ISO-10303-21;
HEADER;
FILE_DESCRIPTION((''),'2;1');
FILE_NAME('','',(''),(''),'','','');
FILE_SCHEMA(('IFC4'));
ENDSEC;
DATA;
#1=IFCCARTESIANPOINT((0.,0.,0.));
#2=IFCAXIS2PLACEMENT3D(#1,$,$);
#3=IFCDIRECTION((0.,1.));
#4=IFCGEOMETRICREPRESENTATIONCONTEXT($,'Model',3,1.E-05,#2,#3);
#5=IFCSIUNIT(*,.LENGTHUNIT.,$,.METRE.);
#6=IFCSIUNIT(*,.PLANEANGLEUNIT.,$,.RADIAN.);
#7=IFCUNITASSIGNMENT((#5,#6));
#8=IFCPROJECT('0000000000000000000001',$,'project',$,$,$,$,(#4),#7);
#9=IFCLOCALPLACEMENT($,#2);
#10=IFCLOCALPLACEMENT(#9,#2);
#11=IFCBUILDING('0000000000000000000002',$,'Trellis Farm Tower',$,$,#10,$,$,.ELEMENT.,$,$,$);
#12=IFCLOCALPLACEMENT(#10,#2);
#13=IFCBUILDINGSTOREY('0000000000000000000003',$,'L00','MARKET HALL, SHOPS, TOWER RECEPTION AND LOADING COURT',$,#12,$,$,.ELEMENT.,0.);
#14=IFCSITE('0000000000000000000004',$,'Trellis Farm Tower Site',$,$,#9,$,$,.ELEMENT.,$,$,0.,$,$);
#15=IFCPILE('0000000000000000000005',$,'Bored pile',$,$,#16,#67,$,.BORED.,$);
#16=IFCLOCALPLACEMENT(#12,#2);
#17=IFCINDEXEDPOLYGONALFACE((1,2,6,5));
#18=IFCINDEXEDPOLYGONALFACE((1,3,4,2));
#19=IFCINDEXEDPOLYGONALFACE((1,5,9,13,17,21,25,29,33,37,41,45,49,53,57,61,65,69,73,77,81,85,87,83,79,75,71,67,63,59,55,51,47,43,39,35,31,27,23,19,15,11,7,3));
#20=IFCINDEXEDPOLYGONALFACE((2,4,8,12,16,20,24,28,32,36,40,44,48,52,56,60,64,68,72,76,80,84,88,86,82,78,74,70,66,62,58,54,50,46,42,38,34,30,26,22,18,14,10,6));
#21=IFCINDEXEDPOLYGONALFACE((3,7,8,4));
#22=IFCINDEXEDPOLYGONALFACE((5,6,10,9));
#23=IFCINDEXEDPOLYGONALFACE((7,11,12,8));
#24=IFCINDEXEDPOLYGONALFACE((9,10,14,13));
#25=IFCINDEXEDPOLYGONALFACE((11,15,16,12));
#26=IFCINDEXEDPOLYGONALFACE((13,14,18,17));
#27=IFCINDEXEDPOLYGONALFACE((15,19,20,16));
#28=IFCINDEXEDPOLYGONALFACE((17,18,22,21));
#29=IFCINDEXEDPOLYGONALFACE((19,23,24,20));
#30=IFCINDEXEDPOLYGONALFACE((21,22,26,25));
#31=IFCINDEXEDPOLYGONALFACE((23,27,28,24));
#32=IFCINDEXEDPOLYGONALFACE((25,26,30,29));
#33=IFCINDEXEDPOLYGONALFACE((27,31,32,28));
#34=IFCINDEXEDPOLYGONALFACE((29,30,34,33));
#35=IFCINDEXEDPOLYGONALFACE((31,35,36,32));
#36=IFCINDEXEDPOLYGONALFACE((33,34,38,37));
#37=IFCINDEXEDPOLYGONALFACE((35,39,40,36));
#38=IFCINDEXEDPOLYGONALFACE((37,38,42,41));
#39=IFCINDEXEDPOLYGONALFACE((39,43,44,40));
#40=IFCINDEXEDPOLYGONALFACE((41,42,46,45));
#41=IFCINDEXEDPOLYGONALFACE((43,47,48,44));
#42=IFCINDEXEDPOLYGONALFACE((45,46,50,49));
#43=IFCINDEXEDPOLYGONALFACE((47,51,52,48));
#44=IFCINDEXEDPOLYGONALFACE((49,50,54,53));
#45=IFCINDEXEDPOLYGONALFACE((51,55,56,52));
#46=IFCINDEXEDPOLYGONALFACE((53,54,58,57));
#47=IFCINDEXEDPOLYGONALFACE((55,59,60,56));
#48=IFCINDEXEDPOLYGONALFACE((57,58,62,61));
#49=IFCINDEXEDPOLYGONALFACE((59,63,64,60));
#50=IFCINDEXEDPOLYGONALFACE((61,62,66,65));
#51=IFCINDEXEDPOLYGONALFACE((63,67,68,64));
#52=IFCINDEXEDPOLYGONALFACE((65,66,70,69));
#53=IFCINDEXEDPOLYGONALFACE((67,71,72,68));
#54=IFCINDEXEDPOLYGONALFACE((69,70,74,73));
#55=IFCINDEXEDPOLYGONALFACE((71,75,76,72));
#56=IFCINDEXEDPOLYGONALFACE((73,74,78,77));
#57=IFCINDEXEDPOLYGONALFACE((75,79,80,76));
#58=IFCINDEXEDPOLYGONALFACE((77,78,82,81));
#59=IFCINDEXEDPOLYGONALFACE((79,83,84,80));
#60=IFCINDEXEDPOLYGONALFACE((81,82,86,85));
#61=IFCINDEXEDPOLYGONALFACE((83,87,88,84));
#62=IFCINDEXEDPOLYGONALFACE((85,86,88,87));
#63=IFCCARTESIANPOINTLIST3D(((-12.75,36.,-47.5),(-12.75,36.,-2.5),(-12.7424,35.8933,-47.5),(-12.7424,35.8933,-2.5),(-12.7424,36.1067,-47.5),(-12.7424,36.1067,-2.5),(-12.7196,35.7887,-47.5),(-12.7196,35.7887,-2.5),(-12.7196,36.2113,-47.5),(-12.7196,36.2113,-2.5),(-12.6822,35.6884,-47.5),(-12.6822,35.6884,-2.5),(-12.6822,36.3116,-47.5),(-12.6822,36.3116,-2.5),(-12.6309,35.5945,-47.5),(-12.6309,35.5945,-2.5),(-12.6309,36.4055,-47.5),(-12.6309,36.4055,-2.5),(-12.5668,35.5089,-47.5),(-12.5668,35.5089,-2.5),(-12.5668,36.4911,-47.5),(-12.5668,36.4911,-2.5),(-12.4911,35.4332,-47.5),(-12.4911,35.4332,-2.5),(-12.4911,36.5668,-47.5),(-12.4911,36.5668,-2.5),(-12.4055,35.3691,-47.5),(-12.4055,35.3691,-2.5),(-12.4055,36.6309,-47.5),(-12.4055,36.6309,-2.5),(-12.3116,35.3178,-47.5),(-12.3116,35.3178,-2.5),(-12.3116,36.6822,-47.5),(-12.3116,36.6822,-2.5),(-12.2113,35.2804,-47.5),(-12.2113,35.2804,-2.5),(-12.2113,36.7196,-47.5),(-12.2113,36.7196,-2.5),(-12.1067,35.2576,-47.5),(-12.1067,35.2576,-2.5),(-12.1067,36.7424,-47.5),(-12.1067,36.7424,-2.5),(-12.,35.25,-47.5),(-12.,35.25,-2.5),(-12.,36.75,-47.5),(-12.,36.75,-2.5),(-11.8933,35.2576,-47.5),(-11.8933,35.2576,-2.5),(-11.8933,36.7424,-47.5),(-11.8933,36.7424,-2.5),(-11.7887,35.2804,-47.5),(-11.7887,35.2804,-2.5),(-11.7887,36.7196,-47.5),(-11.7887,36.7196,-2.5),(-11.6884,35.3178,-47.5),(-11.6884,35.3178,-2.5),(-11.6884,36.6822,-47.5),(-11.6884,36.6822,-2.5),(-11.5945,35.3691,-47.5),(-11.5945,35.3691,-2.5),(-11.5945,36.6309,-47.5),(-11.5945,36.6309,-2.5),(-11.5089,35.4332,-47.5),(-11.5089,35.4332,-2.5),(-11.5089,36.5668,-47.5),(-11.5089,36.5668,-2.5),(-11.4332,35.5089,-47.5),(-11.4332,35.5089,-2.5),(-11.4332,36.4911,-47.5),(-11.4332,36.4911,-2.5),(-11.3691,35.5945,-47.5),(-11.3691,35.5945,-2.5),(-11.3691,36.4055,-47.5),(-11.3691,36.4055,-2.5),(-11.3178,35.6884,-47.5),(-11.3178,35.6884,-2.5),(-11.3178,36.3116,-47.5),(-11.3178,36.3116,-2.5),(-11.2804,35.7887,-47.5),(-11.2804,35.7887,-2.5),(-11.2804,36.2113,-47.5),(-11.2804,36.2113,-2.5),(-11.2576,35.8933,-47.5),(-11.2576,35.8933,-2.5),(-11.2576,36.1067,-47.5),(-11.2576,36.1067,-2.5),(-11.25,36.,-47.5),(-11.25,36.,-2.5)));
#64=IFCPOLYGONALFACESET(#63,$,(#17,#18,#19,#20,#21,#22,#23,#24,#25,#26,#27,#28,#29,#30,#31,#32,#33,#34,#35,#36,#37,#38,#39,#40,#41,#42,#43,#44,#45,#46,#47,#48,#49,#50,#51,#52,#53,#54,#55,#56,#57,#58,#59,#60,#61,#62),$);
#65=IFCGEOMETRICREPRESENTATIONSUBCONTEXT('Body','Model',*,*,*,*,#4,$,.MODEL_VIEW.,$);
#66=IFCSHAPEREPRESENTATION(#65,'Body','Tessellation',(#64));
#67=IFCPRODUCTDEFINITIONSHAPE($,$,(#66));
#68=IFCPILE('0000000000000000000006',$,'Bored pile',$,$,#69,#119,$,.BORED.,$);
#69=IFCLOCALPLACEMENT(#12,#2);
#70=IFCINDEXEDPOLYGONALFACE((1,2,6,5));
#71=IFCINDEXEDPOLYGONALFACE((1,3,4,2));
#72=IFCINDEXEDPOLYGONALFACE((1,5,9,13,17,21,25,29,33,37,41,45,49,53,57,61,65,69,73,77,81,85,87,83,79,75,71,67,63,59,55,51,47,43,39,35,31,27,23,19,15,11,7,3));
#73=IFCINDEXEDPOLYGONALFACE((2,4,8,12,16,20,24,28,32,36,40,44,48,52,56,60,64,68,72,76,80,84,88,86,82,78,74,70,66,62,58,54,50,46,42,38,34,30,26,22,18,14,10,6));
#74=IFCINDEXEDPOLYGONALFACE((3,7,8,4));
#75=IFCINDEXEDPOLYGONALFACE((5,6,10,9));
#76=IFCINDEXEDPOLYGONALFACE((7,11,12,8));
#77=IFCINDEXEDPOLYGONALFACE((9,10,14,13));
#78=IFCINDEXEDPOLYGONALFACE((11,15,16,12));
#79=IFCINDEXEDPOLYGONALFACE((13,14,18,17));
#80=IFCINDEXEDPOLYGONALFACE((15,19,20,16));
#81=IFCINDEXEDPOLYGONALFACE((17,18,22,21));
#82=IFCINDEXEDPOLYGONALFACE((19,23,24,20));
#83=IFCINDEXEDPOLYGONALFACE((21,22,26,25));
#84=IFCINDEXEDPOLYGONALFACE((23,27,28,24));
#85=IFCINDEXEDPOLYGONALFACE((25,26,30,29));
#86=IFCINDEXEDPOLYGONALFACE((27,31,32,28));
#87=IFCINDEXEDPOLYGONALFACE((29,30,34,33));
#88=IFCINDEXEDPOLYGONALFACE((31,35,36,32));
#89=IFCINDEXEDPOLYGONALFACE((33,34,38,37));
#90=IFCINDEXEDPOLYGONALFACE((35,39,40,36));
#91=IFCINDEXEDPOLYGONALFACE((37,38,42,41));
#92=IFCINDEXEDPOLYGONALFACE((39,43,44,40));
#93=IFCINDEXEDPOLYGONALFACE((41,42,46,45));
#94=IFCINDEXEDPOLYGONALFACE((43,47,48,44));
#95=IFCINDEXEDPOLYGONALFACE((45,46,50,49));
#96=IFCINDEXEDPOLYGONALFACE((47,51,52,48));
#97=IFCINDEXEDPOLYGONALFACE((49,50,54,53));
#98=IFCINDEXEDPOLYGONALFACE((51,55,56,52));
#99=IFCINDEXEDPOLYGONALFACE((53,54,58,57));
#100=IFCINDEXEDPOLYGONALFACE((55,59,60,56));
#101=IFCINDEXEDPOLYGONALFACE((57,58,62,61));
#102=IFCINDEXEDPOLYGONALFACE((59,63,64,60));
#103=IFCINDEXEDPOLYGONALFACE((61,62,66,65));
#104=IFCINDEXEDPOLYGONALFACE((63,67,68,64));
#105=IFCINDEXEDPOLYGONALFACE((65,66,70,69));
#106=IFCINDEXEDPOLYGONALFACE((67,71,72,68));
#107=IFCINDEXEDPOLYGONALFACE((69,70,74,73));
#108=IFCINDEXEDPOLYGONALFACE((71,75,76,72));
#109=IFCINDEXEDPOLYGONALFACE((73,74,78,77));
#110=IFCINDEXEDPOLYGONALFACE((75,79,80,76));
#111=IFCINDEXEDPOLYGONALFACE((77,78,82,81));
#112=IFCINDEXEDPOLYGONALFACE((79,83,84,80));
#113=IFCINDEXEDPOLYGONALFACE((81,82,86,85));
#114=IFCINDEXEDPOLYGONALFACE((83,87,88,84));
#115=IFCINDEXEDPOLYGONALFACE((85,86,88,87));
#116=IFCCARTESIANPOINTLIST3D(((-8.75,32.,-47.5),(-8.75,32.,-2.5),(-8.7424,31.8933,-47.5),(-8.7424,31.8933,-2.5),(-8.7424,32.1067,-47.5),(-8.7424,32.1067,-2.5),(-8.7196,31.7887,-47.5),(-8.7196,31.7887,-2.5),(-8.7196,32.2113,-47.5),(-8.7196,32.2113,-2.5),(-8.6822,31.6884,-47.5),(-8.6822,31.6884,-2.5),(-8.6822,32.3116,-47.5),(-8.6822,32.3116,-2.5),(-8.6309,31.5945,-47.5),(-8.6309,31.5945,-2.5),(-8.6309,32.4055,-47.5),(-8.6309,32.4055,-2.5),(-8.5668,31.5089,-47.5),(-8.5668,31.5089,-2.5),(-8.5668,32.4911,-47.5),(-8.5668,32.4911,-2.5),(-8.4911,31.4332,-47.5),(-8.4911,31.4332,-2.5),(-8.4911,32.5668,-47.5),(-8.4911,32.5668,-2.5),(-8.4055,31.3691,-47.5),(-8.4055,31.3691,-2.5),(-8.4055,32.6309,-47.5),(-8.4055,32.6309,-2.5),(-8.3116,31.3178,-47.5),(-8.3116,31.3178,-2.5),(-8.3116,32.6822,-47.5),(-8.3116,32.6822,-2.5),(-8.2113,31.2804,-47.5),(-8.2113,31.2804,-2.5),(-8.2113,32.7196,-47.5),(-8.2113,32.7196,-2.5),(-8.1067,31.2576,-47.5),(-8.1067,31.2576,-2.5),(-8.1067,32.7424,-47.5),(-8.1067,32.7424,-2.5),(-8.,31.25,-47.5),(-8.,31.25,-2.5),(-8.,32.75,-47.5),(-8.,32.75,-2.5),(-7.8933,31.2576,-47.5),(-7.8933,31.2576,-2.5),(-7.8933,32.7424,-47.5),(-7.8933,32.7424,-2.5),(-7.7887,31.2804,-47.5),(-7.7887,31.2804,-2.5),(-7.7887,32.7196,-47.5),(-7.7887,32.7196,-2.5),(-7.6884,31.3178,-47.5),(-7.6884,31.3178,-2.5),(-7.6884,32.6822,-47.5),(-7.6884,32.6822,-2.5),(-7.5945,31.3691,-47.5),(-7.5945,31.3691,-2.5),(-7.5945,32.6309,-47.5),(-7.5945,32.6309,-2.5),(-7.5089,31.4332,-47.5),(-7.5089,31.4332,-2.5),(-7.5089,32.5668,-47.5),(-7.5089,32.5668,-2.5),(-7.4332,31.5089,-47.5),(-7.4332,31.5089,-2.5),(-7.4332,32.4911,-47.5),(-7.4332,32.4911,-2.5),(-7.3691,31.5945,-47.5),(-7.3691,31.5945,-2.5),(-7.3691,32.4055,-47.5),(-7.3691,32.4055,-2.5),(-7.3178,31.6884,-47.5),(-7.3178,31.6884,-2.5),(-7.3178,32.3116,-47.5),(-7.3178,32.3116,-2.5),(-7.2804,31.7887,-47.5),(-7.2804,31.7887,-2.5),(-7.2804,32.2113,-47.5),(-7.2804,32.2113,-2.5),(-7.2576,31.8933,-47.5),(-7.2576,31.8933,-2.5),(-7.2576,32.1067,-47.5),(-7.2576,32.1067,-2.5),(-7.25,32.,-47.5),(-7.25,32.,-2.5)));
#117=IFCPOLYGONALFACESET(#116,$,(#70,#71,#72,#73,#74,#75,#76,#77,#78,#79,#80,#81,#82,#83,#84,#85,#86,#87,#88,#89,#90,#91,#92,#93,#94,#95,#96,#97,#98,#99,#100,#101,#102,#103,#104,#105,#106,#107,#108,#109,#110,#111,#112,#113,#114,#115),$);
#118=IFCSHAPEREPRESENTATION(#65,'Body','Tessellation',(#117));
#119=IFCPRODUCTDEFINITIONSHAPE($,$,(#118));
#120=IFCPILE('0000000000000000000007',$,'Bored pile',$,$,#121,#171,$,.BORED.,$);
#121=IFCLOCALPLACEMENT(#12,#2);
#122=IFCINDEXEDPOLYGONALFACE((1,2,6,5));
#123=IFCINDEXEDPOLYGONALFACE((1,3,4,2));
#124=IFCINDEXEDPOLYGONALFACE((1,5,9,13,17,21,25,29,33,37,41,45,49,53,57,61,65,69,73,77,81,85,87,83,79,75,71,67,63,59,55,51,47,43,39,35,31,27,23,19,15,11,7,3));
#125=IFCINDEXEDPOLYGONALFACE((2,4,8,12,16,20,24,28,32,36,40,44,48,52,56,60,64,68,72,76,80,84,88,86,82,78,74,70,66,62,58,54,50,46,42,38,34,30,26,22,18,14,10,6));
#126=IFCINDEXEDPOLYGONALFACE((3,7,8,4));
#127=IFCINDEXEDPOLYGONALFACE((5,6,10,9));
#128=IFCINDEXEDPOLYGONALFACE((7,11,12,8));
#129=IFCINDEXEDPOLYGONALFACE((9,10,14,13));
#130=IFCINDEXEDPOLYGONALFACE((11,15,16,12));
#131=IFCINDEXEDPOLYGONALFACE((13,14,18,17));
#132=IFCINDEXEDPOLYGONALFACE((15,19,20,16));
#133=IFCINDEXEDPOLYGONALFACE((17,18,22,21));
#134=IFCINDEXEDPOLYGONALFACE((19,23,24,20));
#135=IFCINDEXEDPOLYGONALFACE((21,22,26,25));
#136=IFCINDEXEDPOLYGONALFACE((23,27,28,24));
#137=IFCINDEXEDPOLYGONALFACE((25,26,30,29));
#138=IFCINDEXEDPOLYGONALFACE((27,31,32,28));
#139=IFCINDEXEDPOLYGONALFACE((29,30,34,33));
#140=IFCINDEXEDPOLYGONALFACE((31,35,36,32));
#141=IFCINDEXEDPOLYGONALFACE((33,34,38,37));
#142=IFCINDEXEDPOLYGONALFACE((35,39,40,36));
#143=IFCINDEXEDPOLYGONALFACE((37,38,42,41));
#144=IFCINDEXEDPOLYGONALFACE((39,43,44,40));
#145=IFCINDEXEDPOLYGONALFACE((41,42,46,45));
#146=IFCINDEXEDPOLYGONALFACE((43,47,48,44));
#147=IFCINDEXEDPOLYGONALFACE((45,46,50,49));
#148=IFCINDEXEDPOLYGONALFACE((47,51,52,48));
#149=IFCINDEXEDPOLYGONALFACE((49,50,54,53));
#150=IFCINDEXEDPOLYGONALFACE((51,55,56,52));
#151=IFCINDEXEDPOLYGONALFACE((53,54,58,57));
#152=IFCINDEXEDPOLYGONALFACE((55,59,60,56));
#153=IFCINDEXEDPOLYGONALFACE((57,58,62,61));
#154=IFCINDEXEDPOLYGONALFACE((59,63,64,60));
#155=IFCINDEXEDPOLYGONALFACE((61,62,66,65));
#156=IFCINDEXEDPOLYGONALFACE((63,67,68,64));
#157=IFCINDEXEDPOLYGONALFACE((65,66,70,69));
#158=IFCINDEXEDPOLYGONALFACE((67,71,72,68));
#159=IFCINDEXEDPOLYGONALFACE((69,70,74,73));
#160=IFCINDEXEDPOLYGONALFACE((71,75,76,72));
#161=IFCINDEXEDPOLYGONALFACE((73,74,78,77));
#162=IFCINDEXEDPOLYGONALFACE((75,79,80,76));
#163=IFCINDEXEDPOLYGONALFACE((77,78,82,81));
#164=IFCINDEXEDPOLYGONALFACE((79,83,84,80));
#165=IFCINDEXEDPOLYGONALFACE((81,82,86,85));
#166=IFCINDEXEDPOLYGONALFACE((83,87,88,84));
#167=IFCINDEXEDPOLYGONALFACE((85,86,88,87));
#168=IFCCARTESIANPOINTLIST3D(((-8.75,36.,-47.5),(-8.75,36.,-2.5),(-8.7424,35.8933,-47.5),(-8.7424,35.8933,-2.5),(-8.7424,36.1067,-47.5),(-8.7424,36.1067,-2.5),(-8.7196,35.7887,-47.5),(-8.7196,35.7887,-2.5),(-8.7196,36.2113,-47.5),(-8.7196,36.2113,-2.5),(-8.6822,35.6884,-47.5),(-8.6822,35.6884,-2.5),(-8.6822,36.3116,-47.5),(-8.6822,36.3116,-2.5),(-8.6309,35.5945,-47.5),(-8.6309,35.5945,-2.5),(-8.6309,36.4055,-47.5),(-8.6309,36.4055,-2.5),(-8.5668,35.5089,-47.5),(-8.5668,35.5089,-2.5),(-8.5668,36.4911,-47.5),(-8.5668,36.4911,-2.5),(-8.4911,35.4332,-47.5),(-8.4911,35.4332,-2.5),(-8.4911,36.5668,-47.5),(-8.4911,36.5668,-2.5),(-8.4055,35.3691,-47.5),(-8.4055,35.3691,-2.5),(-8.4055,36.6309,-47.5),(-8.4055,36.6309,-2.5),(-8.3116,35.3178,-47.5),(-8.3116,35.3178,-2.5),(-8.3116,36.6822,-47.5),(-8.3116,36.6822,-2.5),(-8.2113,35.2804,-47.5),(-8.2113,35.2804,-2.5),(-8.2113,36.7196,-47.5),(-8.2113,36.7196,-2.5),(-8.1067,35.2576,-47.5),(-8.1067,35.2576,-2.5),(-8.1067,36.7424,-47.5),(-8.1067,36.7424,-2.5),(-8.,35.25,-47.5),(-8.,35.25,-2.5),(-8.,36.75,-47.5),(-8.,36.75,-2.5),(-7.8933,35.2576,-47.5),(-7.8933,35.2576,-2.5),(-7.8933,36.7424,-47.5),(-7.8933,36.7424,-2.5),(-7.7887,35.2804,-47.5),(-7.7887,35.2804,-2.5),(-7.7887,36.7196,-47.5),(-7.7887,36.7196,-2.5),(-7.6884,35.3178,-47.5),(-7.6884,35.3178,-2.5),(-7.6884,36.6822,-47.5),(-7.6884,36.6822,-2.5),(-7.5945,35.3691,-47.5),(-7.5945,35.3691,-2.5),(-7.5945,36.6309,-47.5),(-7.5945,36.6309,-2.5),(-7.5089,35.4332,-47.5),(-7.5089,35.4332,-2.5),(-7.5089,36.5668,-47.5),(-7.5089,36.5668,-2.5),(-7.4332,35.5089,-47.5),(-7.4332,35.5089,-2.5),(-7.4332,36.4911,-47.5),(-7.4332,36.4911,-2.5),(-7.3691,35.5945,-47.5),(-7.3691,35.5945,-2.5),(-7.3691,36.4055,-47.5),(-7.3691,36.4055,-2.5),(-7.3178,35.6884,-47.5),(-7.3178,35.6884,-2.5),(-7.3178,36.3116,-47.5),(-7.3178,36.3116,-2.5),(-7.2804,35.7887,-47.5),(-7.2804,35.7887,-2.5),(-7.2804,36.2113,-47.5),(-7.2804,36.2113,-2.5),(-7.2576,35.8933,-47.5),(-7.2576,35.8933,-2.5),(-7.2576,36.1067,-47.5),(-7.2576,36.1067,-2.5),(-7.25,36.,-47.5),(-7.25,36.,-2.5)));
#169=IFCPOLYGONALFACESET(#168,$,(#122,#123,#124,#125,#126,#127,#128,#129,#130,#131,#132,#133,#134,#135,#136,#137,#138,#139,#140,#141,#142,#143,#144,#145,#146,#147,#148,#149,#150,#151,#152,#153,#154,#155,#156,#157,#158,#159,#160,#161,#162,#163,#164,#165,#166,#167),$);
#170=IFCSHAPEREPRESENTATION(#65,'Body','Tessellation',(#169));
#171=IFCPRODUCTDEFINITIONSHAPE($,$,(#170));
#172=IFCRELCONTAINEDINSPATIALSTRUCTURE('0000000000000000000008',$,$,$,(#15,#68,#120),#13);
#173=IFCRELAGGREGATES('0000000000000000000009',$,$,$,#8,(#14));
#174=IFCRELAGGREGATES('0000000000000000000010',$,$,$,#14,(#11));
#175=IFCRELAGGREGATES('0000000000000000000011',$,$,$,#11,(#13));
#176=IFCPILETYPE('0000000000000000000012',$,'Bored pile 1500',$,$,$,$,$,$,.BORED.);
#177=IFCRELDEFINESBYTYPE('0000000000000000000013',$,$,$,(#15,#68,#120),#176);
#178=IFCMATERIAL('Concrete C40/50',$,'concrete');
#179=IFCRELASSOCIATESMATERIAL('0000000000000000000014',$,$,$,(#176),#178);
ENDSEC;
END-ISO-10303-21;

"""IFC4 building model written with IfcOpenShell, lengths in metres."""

from ifc_helpers import new_model, si_unit, direction, frame, origin, origin_2d, place, context, subcontext, project, spatial, circle, extrude, source, transform, mapped, material, material_profile, profile_set, type_object, element, save


model = new_model("IFC4")

# Units and contexts
model_context = context("Model", 3, precision=1e-05, world=origin(), true_north=direction((0.0, 1.0)))
body_context = subcontext(model_context, "Body", "Model", "MODEL_VIEW")
ifc_project = project(units=[si_unit("LENGTHUNIT", "METRE"), si_unit("PLANEANGLEUNIT", "RADIAN")], contexts=[model_context])

# Site, building, storey
site_placement = place(None, origin())
site = spatial("IfcSite", under=ifc_project, at=site_placement, Name="Trellis Farm Tower Site", CompositionType="ELEMENT", RefElevation=0.0)
building_placement = place(site_placement, origin())
building = spatial("IfcBuilding", under=site, at=building_placement, Name="Trellis Farm Tower", CompositionType="ELEMENT")
storey_placement = place(building_placement, origin())
storey = spatial("IfcBuildingStorey", under=building, at=storey_placement, Name="L00", Description="MARKET HALL, SHOPS, TOWER RECEPTION AND LOADING COURT", CompositionType="ELEMENT", Elevation=0.0)

# Piles
ifc_material_1 = material(Name="Concrete C40/50", Category="concrete")
ifc_material_profile_1 = material_profile(ifc_material_1, circle(Radius=0.75, at=origin_2d()), Name="Bored pile 1500")
ifc_profile_set_1 = profile_set([ifc_material_profile_1], Name="Concrete C40/50")
pile_type = type_object("IfcPileType", Name="Bored pile 1500", PredefinedType="BORED", material=ifc_profile_set_1)
shared_shape_1 = source(origin(), body_context, "Body", "SweptSolid", [
    extrude(circle(Radius=0.75, at=origin_2d()), origin(), (0.0, 0.0, 1.0), 45.0),
])
for number, where, z_axis, x_axis, name in (
    (1, (-12.0, 36.0, -2.5), (0.0, 0.0, -1.0), (1.0, 0.0, 0.0), "Bored pile"),
    (2, (-8.0, 32.0, -2.5), (0.0, 0.0, -1.0), (1.0, 0.0, 0.0), "Bored pile"),
    (3, (-8.0, 36.0, -2.5), (0.0, 0.0, -1.0), (1.0, 0.0, 0.0), "Bored pile"),
):
    element("IfcPile", number, at=place(storey_placement, frame(where, z_axis=z_axis, x_axis=x_axis)), inside=storey, type_object=pile_type, Name=name, PredefinedType="BORED", context=body_context, shape_type="MappedRepresentation", body=[
        mapped(shared_shape_1, transform((0.0, 0.0, 0.0))),
    ])

save(model, "model.ifc")
